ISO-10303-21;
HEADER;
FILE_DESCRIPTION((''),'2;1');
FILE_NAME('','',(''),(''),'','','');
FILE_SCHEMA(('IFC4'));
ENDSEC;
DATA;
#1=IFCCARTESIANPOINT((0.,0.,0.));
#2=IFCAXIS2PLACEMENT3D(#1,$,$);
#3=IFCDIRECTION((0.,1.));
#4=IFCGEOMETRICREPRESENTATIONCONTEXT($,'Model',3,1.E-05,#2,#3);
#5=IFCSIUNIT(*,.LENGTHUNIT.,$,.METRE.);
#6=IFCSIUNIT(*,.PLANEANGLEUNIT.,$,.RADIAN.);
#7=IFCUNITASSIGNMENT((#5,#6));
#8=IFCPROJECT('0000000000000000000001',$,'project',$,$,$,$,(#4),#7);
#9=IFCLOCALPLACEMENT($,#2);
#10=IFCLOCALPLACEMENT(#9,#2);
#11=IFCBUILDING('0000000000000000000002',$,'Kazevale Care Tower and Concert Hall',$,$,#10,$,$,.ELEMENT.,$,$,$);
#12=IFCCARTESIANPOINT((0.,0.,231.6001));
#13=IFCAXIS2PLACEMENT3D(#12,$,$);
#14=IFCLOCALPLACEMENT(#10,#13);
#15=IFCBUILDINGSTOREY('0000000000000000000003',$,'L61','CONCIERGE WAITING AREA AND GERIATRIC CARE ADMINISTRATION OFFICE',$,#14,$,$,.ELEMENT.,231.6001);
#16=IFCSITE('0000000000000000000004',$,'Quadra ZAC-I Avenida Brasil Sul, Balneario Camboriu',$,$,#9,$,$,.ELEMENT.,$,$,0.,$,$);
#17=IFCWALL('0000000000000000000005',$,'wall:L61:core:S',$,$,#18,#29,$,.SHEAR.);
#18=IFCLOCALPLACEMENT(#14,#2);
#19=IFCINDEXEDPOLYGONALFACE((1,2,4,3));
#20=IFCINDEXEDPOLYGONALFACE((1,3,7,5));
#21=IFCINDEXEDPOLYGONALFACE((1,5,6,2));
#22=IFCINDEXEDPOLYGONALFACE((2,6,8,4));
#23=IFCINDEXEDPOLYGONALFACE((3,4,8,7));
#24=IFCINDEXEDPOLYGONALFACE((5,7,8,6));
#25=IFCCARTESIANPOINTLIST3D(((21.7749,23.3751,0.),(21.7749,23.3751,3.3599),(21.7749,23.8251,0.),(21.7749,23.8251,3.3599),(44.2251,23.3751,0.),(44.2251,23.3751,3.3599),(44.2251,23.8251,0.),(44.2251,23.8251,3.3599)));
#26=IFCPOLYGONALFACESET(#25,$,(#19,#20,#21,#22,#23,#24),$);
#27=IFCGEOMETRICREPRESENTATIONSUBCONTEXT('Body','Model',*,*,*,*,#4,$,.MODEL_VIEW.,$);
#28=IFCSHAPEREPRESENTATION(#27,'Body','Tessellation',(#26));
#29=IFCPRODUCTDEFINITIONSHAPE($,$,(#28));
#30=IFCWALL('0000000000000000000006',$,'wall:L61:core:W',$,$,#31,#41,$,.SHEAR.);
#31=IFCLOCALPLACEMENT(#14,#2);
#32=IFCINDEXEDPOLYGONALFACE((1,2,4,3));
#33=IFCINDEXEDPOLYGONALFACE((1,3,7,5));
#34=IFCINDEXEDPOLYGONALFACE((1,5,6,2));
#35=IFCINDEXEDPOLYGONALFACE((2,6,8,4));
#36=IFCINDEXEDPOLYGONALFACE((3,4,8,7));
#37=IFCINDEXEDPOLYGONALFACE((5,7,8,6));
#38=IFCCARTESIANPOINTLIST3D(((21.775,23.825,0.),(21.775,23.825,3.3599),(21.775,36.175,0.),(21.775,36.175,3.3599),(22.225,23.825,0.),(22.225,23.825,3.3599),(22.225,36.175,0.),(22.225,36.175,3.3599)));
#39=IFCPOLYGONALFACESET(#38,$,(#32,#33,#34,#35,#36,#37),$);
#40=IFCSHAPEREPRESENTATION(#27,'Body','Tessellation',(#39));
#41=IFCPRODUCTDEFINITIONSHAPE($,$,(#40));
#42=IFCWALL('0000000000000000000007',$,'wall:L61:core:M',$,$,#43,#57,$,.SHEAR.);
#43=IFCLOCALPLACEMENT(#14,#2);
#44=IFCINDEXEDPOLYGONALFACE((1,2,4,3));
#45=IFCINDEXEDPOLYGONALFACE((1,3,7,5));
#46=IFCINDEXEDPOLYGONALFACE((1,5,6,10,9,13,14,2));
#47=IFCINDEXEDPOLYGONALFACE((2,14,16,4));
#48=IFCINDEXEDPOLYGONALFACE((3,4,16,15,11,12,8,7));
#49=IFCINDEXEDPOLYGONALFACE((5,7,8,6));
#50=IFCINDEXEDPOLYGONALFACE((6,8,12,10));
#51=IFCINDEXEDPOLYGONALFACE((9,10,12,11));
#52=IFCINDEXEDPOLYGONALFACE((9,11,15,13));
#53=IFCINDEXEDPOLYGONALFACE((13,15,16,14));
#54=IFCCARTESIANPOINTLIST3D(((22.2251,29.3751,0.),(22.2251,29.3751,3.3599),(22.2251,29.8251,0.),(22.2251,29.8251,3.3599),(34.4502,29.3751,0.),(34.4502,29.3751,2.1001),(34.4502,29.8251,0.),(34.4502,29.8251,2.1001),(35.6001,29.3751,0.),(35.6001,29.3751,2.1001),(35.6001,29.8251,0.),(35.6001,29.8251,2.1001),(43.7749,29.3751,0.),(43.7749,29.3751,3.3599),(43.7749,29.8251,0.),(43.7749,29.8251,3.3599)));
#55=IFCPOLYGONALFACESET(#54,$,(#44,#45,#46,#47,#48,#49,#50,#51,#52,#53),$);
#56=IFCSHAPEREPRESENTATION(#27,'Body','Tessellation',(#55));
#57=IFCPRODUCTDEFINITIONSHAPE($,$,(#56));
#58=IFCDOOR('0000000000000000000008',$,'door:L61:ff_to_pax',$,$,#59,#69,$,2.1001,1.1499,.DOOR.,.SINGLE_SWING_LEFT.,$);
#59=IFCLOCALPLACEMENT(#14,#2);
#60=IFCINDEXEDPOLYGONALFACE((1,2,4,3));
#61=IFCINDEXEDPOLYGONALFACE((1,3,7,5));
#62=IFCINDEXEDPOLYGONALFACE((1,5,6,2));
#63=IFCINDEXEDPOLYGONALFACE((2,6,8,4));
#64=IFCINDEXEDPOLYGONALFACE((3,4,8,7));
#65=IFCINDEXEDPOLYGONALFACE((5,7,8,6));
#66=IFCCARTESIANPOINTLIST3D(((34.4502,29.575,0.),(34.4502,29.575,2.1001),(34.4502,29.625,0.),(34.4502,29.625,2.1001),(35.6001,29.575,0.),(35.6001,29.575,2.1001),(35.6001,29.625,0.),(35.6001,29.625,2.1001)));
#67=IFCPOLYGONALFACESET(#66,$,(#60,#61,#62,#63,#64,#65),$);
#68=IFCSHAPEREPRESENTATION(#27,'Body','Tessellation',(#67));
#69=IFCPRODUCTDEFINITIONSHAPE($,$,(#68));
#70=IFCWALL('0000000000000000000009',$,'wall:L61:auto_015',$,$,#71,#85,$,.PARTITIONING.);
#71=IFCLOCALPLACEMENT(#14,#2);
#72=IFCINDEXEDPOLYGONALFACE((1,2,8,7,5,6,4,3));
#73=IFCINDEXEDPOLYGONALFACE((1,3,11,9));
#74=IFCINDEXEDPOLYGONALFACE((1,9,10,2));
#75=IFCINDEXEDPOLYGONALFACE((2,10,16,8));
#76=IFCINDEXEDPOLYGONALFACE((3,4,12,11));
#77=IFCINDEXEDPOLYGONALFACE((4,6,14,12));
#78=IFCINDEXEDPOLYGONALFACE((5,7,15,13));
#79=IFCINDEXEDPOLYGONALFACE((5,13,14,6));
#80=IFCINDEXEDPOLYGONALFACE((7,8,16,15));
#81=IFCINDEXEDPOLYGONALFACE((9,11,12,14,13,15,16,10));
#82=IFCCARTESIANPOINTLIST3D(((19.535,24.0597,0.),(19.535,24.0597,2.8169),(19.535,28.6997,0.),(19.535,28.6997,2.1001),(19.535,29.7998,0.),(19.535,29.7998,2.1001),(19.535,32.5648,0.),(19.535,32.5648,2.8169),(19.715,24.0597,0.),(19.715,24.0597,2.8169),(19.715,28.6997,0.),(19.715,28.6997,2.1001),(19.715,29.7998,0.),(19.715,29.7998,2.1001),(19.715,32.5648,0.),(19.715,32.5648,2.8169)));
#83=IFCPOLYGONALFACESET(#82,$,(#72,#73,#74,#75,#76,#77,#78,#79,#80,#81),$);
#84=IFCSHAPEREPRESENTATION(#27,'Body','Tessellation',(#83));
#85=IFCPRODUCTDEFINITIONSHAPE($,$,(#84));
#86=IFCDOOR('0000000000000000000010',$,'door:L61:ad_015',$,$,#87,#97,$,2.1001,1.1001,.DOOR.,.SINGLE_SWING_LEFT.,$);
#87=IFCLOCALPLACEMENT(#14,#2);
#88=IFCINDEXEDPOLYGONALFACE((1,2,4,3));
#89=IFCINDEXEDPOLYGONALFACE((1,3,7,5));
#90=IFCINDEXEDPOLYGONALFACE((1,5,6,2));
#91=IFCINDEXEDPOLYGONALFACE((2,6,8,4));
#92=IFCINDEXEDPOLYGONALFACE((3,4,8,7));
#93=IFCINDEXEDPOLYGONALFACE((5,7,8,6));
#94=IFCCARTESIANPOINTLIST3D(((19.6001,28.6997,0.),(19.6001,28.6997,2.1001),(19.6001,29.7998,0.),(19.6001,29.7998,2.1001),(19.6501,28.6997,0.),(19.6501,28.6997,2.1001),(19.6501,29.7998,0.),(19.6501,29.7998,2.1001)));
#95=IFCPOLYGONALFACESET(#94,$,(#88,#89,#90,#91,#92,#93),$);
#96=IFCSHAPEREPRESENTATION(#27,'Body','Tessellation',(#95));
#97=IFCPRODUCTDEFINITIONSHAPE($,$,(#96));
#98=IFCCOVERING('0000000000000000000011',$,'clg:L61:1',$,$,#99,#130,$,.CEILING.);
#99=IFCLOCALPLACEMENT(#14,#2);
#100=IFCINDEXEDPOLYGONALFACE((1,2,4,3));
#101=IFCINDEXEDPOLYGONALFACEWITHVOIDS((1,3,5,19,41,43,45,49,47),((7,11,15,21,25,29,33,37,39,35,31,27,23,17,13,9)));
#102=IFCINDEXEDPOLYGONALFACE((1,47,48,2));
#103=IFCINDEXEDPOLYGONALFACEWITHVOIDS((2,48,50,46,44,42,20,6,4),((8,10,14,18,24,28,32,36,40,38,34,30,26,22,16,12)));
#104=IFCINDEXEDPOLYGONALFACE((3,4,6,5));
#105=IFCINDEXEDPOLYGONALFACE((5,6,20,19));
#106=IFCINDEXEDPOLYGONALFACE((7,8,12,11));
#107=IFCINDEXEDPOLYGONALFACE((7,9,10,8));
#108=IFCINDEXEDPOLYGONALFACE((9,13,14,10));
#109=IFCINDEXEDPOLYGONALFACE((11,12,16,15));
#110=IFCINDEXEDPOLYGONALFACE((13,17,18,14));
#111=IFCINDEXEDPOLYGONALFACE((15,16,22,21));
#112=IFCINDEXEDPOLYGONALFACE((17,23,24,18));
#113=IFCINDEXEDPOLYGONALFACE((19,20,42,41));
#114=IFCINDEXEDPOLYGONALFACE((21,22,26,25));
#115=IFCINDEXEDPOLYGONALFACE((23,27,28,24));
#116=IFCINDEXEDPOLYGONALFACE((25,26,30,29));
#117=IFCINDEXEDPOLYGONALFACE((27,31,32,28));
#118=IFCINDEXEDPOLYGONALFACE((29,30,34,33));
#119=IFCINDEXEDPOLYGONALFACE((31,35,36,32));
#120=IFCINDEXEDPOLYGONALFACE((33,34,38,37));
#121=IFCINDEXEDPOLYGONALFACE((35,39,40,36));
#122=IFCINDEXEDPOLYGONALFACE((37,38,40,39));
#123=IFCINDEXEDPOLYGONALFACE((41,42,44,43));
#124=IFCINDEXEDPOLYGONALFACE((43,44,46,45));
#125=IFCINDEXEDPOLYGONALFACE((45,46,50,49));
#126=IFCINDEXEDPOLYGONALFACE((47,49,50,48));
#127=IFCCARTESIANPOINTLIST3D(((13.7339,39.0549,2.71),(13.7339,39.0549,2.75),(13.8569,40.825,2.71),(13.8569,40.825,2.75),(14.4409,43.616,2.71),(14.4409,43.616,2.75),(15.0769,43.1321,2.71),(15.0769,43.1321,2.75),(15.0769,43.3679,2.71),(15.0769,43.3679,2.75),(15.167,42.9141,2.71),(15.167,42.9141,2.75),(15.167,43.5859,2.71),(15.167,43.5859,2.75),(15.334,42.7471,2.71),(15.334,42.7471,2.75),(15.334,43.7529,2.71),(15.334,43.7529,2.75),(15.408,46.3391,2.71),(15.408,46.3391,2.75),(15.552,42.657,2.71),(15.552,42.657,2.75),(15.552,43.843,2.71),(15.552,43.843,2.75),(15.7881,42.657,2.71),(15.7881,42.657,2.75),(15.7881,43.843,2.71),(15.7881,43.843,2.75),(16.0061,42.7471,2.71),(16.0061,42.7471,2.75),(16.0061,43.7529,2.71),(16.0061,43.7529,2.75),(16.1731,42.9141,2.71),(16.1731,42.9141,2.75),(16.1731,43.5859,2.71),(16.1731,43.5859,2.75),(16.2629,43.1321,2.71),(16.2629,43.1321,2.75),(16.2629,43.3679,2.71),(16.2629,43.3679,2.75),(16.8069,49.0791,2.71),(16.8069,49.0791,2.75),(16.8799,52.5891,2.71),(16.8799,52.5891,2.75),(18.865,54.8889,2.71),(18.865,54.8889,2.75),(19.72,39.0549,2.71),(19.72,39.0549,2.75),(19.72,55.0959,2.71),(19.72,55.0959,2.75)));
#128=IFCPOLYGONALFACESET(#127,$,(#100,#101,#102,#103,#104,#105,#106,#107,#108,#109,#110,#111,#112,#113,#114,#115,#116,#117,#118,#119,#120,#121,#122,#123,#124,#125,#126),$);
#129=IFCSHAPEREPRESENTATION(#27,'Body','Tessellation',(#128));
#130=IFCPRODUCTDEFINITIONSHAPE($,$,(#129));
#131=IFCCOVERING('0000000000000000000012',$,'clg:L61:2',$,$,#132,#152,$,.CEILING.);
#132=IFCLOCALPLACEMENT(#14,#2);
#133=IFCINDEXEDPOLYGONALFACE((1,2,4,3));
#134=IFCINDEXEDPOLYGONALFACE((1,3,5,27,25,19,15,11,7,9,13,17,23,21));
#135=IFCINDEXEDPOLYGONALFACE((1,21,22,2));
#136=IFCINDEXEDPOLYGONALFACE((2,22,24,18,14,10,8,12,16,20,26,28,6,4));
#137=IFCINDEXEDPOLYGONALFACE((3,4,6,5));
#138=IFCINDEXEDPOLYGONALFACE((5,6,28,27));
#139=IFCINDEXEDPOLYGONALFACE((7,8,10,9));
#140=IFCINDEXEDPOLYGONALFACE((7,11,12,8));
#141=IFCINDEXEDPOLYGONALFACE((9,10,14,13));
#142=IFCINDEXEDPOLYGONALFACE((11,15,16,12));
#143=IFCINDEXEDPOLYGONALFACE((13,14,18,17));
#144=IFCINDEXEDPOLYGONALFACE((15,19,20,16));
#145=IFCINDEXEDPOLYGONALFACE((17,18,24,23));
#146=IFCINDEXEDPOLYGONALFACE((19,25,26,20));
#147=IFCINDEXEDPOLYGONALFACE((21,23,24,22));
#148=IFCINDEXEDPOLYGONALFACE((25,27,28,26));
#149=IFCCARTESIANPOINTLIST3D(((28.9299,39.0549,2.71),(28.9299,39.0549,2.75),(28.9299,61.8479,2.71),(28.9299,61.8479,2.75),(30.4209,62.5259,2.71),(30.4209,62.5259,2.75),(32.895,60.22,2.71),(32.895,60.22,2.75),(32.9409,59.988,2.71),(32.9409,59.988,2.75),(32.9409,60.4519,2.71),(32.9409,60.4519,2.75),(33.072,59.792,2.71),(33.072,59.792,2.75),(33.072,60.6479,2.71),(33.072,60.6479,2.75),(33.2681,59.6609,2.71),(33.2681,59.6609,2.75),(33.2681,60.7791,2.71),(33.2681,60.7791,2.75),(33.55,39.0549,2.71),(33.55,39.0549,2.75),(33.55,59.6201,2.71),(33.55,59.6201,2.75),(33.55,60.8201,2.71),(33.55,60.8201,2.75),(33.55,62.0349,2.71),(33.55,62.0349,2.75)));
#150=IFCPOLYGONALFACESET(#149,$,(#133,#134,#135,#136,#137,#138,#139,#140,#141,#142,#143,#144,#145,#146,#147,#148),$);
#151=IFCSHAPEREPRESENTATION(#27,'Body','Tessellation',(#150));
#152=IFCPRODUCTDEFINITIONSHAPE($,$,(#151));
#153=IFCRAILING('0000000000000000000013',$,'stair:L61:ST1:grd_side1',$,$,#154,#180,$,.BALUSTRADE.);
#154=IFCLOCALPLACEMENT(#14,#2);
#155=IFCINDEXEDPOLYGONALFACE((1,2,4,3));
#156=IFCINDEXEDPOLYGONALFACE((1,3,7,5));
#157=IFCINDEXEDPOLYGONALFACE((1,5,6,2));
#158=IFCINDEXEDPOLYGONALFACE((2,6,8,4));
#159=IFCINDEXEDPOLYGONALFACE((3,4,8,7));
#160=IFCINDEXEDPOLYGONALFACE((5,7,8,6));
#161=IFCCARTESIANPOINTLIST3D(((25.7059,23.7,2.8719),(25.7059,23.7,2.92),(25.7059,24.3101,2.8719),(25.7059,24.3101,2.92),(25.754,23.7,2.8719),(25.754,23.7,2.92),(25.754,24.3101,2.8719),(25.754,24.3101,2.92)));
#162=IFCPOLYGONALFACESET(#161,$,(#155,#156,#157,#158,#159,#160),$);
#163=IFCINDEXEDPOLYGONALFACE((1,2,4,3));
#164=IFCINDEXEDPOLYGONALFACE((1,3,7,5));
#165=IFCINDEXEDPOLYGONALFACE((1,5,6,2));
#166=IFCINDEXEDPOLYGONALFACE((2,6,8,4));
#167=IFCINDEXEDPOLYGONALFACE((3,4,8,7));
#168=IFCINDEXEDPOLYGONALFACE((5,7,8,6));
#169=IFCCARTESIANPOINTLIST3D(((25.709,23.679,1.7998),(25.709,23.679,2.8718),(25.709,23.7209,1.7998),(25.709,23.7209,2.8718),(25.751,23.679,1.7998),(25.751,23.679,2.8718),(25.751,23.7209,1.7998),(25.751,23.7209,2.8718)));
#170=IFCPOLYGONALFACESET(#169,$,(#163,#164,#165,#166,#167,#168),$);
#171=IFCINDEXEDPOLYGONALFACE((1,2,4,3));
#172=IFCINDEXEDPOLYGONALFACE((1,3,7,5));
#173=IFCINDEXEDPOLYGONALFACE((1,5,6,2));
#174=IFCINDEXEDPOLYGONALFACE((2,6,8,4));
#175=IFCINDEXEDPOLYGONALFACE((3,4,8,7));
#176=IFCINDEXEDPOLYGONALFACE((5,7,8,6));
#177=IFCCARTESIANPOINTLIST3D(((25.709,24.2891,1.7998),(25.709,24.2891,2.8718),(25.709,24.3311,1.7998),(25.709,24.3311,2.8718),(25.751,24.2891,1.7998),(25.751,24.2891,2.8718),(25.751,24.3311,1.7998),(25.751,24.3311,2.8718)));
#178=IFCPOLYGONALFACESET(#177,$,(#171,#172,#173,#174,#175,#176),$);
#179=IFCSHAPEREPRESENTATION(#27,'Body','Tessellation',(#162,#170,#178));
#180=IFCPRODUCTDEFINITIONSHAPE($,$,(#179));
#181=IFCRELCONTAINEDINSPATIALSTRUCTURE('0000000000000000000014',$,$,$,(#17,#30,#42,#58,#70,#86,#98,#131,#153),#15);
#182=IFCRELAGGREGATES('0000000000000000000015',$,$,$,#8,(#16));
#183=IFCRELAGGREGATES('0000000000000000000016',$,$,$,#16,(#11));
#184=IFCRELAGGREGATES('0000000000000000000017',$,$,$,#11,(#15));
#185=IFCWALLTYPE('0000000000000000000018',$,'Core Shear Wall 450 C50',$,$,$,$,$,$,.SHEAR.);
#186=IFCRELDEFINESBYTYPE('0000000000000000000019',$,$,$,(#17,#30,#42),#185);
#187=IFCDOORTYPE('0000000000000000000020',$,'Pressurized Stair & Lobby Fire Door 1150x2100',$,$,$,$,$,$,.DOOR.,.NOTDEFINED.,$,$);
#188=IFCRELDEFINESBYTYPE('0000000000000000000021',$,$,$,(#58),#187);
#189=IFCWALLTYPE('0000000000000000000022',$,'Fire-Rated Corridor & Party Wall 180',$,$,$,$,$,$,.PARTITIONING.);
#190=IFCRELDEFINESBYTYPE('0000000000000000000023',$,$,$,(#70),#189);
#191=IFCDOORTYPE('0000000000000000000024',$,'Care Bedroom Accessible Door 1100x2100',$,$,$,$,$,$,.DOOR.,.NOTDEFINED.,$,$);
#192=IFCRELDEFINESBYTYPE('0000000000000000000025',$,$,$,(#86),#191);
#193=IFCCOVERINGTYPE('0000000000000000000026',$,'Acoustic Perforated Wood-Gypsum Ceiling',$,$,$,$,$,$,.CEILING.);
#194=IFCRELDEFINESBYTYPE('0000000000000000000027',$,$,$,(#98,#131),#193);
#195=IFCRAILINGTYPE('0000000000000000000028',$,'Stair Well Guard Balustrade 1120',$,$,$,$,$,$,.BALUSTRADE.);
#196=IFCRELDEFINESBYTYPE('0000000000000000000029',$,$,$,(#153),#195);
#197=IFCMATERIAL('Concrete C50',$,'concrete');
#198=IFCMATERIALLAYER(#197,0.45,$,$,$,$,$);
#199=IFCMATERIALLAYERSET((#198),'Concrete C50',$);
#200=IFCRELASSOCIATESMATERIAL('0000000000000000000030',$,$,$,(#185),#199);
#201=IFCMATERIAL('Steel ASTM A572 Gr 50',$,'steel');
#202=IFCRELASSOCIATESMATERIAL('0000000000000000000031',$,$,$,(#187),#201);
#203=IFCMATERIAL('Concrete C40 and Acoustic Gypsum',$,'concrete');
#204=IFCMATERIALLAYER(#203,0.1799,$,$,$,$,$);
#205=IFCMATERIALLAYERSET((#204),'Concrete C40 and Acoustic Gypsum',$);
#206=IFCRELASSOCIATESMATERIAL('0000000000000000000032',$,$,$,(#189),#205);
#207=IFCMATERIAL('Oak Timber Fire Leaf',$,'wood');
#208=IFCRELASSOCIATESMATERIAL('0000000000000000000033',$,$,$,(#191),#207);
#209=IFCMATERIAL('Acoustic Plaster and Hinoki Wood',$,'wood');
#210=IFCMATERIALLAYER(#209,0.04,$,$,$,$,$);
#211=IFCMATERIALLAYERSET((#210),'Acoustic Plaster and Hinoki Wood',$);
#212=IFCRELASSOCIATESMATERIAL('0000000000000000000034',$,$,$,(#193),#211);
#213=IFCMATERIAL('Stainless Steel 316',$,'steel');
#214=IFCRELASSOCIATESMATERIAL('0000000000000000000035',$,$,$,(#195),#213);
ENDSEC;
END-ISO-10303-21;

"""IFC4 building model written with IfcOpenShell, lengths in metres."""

from ifc_helpers import new_model, si_unit, direction, frame, frame_2d, origin, origin_2d, place, context, subcontext, project, spatial, polyline, rectangle, outline, extrude, material, layer, layer_set, type_object, element, fill, save


model = new_model("IFC4")

# Units and contexts
model_context = context("Model", 3, precision=1e-05, world=origin(), true_north=direction((0.0, 1.0)))
body_context = subcontext(model_context, "Body", "Model", "MODEL_VIEW")
ifc_project = project(units=[si_unit("LENGTHUNIT", "METRE"), si_unit("PLANEANGLEUNIT", "RADIAN")], contexts=[model_context])

# Site, building, storey
site_placement = place(None, origin())
site = spatial("IfcSite", under=ifc_project, at=site_placement, Name="Quadra ZAC-I Avenida Brasil Sul, Balneario Camboriu", CompositionType="ELEMENT", RefElevation=0.0)
building_placement = place(site_placement, origin())
building = spatial("IfcBuilding", under=site, at=building_placement, Name="Kazevale Care Tower and Concert Hall", CompositionType="ELEMENT")
storey_placement = place(building_placement, frame((0.0, 0.0, 231.6001)))
storey = spatial("IfcBuildingStorey", under=building, at=storey_placement, Name="L61", Description="CONCIERGE WAITING AREA AND GERIATRIC CARE ADMINISTRATION OFFICE", CompositionType="ELEMENT", Elevation=231.6001)

# Shared definitions
ifc_material_1 = material(Name="Concrete C50", Category="concrete")

# Shared definitions
ifc_material_2 = material(Name="Steel ASTM A572 Gr 50", Category="steel")

# Walls
ifc_layer_1 = layer(ifc_material_1, 0.45)
ifc_layer_set_1 = layer_set([ifc_layer_1], Name="Concrete C50")
wall_type_1 = type_object("IfcWallType", Name="Core Shear Wall 450 C50", PredefinedType="SHEAR", material=ifc_layer_set_1)
wall_1_placement = place(storey_placement, frame((21.7749, 23.6001, 0.0), z_axis=(0.0, 0.0, 1.0), x_axis=(1.0, 0.0, 0.0)))
element("IfcWall", 1, at=wall_1_placement, inside=storey, type_object=wall_type_1, Name="wall:L61:core:S", PredefinedType="SHEAR", context=body_context, shape_type="SweptSolid", body=[
    extrude(rectangle(XDim=22.4502, YDim=0.45, at=frame_2d((11.2251, 0.0))), origin(), (0.0, 0.0, 1.0), 3.3599),
])
wall_2_placement = place(storey_placement, frame((22.0, 23.825, 0.0), z_axis=(0.0, 0.0, 1.0), x_axis=(0.0, 1.0, 0.0)))
element("IfcWall", 2, at=wall_2_placement, inside=storey, type_object=wall_type_1, Name="wall:L61:core:W", PredefinedType="SHEAR", context=body_context, shape_type="SweptSolid", body=[
    extrude(rectangle(XDim=12.3501, YDim=0.45, at=frame_2d((6.175, 0.0))), origin(), (0.0, 0.0, 1.0), 3.3599),
])

# Walls, openings, doors
wall_3_placement = place(storey_placement, frame((22.2251, 29.6001, 0.0), z_axis=(0.0, 0.0, 1.0), x_axis=(1.0, 0.0, 0.0)))
wall_3 = element("IfcWall", 3, at=wall_3_placement, inside=storey, type_object=wall_type_1, Name="wall:L61:core:M", PredefinedType="SHEAR", context=body_context, shape_type="SweptSolid", body=[
    extrude(rectangle(XDim=21.5498, YDim=0.45, at=frame_2d((10.7749, 0.0))), origin(), (0.0, 0.0, 1.0), 3.3599),
])
opening_1_placement = place(wall_3_placement, frame((12.2251, 0.0, 0.0)))
opening_1 = element("IfcOpeningElement", 4, at=opening_1_placement, cuts=wall_3, PredefinedType="OPENING", context=body_context, shape_type="SweptSolid", body=[
    extrude(rectangle(XDim=1.1499, YDim=2.1001, at=frame_2d((0.575, 1.05))), frame((0.0, 0.2349, 0.0), z_axis=(0.0, -1.0, 0.0), x_axis=(1.0, 0.0, 0.0)), (0.0, 0.0, 1.0), 0.47),
])
door_type_1 = type_object("IfcDoorType", Name="Pressurized Stair & Lobby Fire Door 1150x2100", OperationType="NOTDEFINED", PredefinedType="DOOR", material=ifc_material_2)
door_1_placement = place(opening_1_placement, origin())
door_1 = element("IfcDoor", 5, at=door_1_placement, inside=storey, type_object=door_type_1, Name="door:L61:ff_to_pax", OperationType="SINGLE_SWING_LEFT", OverallHeight=2.1001, OverallWidth=1.1499, PredefinedType="DOOR", context=body_context, shape_type="SweptSolid", body=[
    extrude(rectangle(XDim=1.1499, YDim=2.1001, at=frame_2d((0.575, 1.05))), frame((0.0, 0.0249, 0.0), z_axis=(0.0, -1.0, 0.0), x_axis=(1.0, 0.0, 0.0)), (0.0, 0.0, 1.0), 0.05),
])
fill(opening_1, door_1)
ifc_material_3 = material(Name="Concrete C40 and Acoustic Gypsum", Category="concrete")
ifc_layer_2 = layer(ifc_material_3, 0.1799)
ifc_layer_set_2 = layer_set([ifc_layer_2], Name="Concrete C40 and Acoustic Gypsum")
wall_type_2 = type_object("IfcWallType", Name="Fire-Rated Corridor & Party Wall 180", PredefinedType="PARTITIONING", material=ifc_layer_set_2)
wall_4_placement = place(storey_placement, frame((19.625, 24.0598, 0.0), z_axis=(0.0, 0.0, 1.0), x_axis=(0.0, 1.0, 0.0)))
wall_4 = element("IfcWall", 6, at=wall_4_placement, inside=storey, type_object=wall_type_2, Name="wall:L61:auto_015", PredefinedType="PARTITIONING", context=body_context, shape_type="SweptSolid", body=[
    extrude(rectangle(XDim=8.5051, YDim=0.1799, at=frame_2d((4.2524, 0.0))), origin(), (0.0, 0.0, 1.0), 2.8169),
])
opening_2_placement = place(wall_4_placement, frame((4.6399, 0.0, 0.0)))
opening_2 = element("IfcOpeningElement", 7, at=opening_2_placement, cuts=wall_4, PredefinedType="OPENING", context=body_context, shape_type="SweptSolid", body=[
    extrude(rectangle(XDim=1.1001, YDim=2.1001, at=frame_2d((0.55, 1.05))), frame((0.0, 0.0999, 0.0), z_axis=(0.0, -1.0, 0.0), x_axis=(1.0, 0.0, 0.0)), (0.0, 0.0, 1.0), 0.2),
])
ifc_material_4 = material(Name="Oak Timber Fire Leaf", Category="wood")
door_type_2 = type_object("IfcDoorType", Name="Care Bedroom Accessible Door 1100x2100", OperationType="NOTDEFINED", PredefinedType="DOOR", material=ifc_material_4)
door_2_placement = place(opening_2_placement, origin())
door_2 = element("IfcDoor", 8, at=door_2_placement, inside=storey, type_object=door_type_2, Name="door:L61:ad_015", OperationType="SINGLE_SWING_LEFT", OverallHeight=2.1001, OverallWidth=1.1001, PredefinedType="DOOR", context=body_context, shape_type="SweptSolid", body=[
    extrude(rectangle(XDim=1.1001, YDim=2.1001, at=frame_2d((0.55, 1.05))), frame((0.0, 0.0249, 0.0), z_axis=(0.0, -1.0, 0.0), x_axis=(1.0, 0.0, 0.0)), (0.0, 0.0, 1.0), 0.05),
])
fill(opening_2, door_2)

# Coverings
ifc_material_5 = material(Name="Acoustic Plaster and Hinoki Wood", Category="wood")
ifc_layer_3 = layer(ifc_material_5, 0.04)
ifc_layer_set_3 = layer_set([ifc_layer_3], Name="Acoustic Plaster and Hinoki Wood")
covering_type = type_object("IfcCoveringType", Name="Acoustic Perforated Wood-Gypsum Ceiling", PredefinedType="CEILING", material=ifc_layer_set_3)
covering_1_placement = place(storey_placement, frame((0.0, 0.0, 2.71)))
element("IfcCovering", 9, at=covering_1_placement, inside=storey, type_object=covering_type, Name="clg:L61:1", PredefinedType="CEILING", context=body_context, shape_type="SweptSolid", body=[
    extrude(outline(polyline([(14.4409, 43.616), (15.408, 46.3391), (16.8069, 49.0791), (16.8799, 52.5891), (18.865, 54.8889), (19.72, 55.0959), (19.72, 39.0549), (13.7339, 39.0549), (13.8569, 40.825), (14.4409, 43.616)]), holes=[polyline([(16.2629, 43.3679), (16.1731, 43.5859), (16.0061, 43.7529), (15.7881, 43.843), (15.552, 43.843), (15.334, 43.7529), (15.167, 43.5859), (15.0769, 43.3679), (15.0769, 43.1321), (15.167, 42.9141), (15.334, 42.7471), (15.552, 42.657), (15.7881, 42.657), (16.0061, 42.7471), (16.1731, 42.9141), (16.2629, 43.1321), (16.2629, 43.3679)])]), origin(), (0.0, 0.0, 1.0), 0.04),
])
covering_2_placement = place(storey_placement, frame((0.0, 0.0, 2.71)))
element("IfcCovering", 10, at=covering_2_placement, inside=storey, type_object=covering_type, Name="clg:L61:2", PredefinedType="CEILING", context=body_context, shape_type="SweptSolid", body=[
    extrude(outline(polyline([(30.4209, 62.5259), (33.55, 62.0349), (33.55, 60.8201), (33.2681, 60.7791), (33.072, 60.6479), (32.9409, 60.4519), (32.895, 60.22), (32.9409, 59.988), (33.072, 59.792), (33.2681, 59.6609), (33.55, 59.6201), (33.55, 39.0549), (28.9299, 39.0549), (28.9299, 61.8479), (30.4209, 62.5259)])), origin(), (0.0, 0.0, 1.0), 0.04),
])

# Railing
ifc_material_6 = material(Name="Stainless Steel 316", Category="steel")
railing_type = type_object("IfcRailingType", Name="Stair Well Guard Balustrade 1120", PredefinedType="BALUSTRADE", material=ifc_material_6)
railing_1_placement = place(storey_placement, frame((25.73, 23.7, 1.7998)))
element("IfcRailing", 11, at=railing_1_placement, inside=storey, type_object=railing_type, Name="stair:L61:ST1:grd_side1", PredefinedType="BALUSTRADE", context=body_context, shape_type="SweptSolid", body=[
    extrude(rectangle(XDim=0.0481, YDim=0.0481, at=origin_2d()), frame((0.0, 0.0, 1.0962), z_axis=(0.0, 1.0, 0.0), x_axis=(-1.0, 0.0, 0.0)), (0.0, 0.0, 1.0), 0.6101),
    extrude(rectangle(XDim=0.042, YDim=0.042, at=origin_2d()), origin(), (0.0, 0.0, 1.0), 1.072),
    extrude(rectangle(XDim=0.042, YDim=0.042, at=origin_2d()), frame((0.0, 0.6101, 0.0)), (0.0, 0.0, 1.0), 1.072),
])

save(model, "model.ifc")
